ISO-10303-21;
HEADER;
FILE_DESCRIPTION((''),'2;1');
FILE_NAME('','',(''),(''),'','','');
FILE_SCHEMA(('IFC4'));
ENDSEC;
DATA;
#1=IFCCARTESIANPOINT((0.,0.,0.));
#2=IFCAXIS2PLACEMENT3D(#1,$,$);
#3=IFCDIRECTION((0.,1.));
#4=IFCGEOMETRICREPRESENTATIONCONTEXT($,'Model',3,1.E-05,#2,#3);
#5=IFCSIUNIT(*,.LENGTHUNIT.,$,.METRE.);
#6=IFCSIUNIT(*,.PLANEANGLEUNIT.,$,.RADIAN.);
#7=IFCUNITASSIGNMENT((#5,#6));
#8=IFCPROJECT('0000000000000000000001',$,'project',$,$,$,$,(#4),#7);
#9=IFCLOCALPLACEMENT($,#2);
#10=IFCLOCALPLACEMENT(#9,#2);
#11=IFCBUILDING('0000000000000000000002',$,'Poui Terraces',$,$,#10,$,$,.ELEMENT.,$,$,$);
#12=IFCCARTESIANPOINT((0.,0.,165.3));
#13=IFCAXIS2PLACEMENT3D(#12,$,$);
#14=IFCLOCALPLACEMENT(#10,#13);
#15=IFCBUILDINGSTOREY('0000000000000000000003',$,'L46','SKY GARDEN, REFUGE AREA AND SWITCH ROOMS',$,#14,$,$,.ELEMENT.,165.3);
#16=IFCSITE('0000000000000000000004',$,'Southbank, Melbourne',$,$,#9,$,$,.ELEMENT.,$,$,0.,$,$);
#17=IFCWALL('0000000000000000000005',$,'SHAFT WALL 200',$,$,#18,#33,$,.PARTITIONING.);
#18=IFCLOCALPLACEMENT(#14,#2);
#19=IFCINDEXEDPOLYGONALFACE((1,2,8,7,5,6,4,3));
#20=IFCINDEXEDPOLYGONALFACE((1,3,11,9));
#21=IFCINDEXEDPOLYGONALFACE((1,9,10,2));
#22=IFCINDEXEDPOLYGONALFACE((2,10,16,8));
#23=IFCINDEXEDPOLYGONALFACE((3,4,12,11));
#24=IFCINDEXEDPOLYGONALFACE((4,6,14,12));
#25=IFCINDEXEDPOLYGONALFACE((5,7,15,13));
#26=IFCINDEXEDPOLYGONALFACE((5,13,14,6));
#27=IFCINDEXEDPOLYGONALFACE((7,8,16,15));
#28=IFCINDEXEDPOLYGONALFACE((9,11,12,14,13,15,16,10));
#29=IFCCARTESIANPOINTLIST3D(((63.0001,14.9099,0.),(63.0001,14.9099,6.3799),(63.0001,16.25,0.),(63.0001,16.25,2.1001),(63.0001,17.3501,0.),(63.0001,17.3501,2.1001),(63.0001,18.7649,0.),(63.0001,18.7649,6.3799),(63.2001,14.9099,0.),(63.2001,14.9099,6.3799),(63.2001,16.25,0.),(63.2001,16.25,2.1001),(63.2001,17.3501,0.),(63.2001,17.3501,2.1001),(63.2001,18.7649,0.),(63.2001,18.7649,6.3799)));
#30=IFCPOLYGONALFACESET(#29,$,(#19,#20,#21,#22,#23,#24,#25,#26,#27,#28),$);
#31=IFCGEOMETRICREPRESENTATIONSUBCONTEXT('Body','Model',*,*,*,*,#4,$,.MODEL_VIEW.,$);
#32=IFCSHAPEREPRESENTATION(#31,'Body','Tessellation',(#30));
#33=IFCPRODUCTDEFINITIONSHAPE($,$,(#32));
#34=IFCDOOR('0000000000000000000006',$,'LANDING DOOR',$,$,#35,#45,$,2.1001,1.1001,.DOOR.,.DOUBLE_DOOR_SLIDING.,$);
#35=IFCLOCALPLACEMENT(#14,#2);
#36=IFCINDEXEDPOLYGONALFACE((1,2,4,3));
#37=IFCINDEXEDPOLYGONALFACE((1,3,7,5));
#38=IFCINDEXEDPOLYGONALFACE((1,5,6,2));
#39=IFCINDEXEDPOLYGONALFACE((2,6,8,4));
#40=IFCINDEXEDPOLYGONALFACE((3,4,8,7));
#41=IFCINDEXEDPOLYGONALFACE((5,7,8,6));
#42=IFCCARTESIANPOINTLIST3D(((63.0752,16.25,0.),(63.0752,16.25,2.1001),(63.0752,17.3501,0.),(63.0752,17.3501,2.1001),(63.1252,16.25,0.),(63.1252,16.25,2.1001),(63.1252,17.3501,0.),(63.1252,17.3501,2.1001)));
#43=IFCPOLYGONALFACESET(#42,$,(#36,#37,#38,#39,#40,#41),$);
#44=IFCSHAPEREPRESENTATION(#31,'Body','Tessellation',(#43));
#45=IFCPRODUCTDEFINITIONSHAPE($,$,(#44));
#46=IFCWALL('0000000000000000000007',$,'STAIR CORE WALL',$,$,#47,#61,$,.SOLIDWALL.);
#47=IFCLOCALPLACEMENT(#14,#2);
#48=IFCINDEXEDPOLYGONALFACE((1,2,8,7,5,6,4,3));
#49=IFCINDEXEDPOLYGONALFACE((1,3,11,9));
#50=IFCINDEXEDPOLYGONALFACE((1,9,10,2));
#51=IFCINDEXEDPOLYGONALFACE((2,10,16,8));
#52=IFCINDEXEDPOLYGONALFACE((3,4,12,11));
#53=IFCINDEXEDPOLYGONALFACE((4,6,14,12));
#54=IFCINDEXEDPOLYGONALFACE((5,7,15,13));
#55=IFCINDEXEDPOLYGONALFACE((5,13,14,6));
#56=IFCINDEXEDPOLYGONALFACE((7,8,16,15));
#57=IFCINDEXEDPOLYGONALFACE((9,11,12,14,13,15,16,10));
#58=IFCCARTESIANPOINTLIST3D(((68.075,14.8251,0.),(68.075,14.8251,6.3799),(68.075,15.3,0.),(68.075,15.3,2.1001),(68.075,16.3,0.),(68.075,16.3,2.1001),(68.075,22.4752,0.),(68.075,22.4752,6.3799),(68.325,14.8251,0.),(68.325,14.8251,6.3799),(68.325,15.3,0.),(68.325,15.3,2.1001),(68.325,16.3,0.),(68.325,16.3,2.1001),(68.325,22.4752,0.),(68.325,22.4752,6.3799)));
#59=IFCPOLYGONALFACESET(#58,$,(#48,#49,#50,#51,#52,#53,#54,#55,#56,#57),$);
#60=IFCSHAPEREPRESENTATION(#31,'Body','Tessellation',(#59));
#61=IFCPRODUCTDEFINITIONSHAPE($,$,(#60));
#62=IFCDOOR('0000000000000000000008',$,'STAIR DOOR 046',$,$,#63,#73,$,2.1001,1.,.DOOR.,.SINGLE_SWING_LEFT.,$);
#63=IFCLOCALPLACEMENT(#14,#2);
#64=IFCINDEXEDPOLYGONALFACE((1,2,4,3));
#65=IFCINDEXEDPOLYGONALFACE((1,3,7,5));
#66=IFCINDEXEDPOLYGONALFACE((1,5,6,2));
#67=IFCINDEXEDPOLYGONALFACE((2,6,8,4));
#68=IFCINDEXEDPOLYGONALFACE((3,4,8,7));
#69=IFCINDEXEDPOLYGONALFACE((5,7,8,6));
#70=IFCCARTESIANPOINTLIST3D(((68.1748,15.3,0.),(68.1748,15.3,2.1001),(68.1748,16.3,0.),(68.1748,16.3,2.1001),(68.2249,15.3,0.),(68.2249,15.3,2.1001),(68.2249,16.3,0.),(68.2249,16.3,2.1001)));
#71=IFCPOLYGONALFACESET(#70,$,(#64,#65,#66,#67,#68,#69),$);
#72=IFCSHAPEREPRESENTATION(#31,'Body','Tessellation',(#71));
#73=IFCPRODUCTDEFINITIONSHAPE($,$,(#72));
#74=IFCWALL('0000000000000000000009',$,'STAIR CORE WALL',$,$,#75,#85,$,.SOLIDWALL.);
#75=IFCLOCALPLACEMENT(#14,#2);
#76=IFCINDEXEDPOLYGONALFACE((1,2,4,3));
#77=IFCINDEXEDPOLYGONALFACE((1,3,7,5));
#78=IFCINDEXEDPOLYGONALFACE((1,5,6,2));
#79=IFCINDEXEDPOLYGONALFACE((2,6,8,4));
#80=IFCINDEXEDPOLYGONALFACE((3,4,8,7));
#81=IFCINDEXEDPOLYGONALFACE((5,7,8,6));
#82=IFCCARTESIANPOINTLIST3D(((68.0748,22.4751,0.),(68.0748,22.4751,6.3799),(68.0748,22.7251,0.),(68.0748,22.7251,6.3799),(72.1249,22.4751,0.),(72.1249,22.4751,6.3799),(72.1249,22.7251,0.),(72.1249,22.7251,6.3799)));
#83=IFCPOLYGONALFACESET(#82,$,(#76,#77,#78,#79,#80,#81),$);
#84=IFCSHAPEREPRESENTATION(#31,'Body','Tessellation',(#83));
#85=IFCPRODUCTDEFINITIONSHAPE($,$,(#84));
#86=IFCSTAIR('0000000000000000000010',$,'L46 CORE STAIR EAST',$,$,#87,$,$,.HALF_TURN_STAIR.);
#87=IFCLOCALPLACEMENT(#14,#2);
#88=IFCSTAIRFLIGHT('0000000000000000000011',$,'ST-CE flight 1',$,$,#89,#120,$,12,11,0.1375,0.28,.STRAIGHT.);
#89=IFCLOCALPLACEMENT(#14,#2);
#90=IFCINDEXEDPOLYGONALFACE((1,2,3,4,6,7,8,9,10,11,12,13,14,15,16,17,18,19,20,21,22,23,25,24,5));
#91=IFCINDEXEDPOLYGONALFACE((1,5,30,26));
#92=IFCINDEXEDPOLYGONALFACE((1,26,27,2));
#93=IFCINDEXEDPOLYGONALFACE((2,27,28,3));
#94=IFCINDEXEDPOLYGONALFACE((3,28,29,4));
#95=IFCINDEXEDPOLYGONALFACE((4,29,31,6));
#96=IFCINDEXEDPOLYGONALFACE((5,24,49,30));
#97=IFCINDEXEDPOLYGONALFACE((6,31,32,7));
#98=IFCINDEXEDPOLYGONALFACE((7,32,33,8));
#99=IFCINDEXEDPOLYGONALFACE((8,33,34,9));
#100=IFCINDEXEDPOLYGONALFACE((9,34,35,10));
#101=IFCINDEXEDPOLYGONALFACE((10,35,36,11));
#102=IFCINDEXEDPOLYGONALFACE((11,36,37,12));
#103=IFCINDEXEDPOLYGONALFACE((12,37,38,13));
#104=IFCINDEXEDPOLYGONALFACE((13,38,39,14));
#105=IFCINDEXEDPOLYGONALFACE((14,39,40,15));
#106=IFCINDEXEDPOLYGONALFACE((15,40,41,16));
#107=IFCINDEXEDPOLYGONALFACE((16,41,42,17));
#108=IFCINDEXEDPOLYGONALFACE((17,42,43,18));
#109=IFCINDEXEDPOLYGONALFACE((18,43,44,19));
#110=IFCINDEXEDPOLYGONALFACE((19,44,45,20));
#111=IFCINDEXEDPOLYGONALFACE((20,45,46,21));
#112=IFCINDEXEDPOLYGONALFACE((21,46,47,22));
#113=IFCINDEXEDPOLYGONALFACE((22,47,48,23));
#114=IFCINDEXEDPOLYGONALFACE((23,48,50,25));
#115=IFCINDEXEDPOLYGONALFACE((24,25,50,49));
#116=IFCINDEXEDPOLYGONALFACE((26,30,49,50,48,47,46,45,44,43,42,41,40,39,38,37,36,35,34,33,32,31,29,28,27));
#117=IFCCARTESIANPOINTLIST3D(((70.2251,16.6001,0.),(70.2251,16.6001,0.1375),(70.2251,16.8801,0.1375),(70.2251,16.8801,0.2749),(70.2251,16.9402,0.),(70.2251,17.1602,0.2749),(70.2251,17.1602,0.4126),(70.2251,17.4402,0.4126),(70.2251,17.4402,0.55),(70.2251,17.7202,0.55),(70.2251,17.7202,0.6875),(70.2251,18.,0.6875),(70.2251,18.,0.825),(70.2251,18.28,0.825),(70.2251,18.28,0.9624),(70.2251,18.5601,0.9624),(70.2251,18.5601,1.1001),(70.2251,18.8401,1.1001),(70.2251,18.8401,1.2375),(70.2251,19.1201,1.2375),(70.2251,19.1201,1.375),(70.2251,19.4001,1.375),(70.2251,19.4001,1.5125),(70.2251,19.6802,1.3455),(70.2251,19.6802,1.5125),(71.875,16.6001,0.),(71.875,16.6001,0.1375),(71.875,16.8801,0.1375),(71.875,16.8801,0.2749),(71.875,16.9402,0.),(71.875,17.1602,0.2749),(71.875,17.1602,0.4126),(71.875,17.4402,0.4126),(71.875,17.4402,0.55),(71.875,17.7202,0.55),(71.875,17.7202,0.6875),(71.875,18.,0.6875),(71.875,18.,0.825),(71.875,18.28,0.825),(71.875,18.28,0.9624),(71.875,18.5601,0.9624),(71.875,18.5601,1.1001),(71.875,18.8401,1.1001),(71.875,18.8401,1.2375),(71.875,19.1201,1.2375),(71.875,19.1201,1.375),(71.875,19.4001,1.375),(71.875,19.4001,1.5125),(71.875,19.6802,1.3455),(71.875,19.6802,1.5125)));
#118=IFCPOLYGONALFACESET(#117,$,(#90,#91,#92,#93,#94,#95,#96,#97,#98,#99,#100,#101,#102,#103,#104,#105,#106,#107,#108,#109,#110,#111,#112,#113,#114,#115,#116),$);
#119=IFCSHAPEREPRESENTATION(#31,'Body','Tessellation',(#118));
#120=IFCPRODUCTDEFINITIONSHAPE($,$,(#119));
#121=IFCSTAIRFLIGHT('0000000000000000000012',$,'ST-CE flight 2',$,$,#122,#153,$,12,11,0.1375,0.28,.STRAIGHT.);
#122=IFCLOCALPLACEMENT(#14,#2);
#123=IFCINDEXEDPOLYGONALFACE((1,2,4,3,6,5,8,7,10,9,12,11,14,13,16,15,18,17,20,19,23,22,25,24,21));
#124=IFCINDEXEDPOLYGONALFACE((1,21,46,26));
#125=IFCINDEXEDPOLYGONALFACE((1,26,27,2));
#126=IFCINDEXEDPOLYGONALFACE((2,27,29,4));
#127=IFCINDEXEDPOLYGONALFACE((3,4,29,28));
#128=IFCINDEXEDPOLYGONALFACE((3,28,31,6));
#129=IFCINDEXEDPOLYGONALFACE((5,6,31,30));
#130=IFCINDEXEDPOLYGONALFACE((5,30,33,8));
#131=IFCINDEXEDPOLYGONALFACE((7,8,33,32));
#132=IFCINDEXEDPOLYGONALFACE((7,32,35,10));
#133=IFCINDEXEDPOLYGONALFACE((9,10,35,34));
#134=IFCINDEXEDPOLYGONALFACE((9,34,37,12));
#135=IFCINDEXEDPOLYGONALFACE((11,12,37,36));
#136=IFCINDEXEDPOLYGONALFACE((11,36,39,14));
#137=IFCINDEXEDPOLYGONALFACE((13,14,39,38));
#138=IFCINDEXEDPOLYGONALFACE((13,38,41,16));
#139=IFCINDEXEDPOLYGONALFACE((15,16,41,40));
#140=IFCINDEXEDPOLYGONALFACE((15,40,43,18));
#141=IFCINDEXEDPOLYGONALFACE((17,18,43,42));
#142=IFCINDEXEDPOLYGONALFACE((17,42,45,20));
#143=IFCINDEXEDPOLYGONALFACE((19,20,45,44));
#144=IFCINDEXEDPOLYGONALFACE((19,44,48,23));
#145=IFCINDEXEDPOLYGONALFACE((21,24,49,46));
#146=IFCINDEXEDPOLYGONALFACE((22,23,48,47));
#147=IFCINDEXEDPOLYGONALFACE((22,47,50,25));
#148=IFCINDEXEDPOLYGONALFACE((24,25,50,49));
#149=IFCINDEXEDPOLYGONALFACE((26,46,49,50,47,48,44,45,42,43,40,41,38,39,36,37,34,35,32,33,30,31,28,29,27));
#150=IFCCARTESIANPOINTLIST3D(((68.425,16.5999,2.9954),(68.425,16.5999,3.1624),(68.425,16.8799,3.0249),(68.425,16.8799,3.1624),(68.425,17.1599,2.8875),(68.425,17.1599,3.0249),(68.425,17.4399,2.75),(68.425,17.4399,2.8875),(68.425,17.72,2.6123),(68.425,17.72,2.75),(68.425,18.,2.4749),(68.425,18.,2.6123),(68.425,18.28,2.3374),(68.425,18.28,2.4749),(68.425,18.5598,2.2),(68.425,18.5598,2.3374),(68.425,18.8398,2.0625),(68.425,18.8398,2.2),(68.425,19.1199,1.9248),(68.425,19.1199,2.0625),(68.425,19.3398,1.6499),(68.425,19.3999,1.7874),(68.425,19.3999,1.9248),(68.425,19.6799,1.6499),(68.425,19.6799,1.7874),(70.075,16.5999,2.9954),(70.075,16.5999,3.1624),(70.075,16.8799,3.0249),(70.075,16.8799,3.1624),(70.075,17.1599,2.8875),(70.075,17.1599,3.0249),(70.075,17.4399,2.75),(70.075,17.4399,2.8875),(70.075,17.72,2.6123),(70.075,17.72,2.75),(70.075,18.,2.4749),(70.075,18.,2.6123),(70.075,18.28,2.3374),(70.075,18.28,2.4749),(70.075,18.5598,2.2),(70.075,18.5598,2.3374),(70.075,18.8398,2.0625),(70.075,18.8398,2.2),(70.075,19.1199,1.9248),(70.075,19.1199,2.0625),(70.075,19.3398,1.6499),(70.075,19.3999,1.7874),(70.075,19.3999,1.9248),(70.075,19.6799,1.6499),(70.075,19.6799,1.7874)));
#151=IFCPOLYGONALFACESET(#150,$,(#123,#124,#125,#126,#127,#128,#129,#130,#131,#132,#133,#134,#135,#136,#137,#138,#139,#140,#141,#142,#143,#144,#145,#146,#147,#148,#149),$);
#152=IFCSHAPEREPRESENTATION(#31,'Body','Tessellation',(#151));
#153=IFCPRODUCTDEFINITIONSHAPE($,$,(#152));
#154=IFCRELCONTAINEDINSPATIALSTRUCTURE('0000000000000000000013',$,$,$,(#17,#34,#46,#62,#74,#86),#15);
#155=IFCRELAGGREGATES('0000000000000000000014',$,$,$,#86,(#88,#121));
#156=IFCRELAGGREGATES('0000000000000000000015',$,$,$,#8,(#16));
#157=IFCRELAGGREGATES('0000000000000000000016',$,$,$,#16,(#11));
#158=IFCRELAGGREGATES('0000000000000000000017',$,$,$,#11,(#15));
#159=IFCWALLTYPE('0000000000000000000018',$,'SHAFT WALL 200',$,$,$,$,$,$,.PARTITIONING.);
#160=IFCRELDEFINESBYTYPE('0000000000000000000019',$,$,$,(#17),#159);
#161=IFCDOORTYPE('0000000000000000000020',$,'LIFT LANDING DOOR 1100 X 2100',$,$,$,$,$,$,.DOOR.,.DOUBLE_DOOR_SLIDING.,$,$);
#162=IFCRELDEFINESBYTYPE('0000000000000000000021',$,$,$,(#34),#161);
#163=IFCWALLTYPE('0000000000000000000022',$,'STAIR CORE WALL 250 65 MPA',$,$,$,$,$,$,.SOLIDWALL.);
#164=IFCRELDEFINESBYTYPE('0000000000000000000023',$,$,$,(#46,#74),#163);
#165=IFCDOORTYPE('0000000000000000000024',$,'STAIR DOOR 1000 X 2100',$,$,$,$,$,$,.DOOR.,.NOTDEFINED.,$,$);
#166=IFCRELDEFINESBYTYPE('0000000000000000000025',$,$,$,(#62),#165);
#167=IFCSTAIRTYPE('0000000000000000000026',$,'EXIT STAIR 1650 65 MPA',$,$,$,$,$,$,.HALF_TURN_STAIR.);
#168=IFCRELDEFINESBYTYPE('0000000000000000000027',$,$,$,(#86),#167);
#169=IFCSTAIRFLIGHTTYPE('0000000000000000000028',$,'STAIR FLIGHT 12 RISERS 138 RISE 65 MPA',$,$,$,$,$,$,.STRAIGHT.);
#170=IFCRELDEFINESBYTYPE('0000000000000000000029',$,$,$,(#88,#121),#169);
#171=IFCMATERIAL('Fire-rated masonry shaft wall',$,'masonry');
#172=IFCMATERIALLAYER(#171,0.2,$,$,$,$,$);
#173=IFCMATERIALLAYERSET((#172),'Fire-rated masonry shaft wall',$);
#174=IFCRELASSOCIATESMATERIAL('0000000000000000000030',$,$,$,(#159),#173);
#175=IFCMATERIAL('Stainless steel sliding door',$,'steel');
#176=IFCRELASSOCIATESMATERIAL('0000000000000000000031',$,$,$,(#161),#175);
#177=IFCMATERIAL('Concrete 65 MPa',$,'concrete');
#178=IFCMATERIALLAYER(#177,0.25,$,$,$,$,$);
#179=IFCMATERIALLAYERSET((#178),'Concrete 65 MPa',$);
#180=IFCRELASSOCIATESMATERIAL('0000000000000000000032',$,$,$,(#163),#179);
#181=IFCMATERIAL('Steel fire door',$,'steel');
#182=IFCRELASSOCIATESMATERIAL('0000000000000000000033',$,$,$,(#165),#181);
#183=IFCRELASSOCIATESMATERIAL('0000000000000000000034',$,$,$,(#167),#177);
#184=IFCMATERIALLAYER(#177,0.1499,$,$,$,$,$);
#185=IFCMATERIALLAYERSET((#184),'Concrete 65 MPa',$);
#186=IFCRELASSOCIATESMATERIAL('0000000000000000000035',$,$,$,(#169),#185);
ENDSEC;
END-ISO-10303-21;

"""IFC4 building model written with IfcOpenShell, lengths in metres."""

from ifc_helpers import new_model, si_unit, direction, frame, frame_2d, origin, place, context, subcontext, project, spatial, polyline, rectangle, outline, extrude, material, layer, layer_set, type_object, element, fill, aggregate, save


model = new_model("IFC4")

# Units and contexts
model_context = context("Model", 3, precision=1e-05, world=origin(), true_north=direction((0.0, 1.0)))
body_context = subcontext(model_context, "Body", "Model", "MODEL_VIEW")
ifc_project = project(units=[si_unit("LENGTHUNIT", "METRE"), si_unit("PLANEANGLEUNIT", "RADIAN")], contexts=[model_context])

# Site, building, storey
site_placement = place(None, origin())
site = spatial("IfcSite", under=ifc_project, at=site_placement, Name="Southbank, Melbourne", CompositionType="ELEMENT", RefElevation=0.0)
building_placement = place(site_placement, origin())
building = spatial("IfcBuilding", under=site, at=building_placement, Name="Poui Terraces", CompositionType="ELEMENT")
storey_placement = place(building_placement, frame((0.0, 0.0, 165.3)))
storey = spatial("IfcBuildingStorey", under=building, at=storey_placement, Name="L46", Description="SKY GARDEN, REFUGE AREA AND SWITCH ROOMS", CompositionType="ELEMENT", Elevation=165.3)

# Shared definitions
ifc_material_1 = material(Name="Concrete 65 MPa", Category="concrete")
ifc_material_2 = material(Name="Steel fire door", Category="steel")

# Shared definitions
ifc_material_3 = material(Name="Fire-rated masonry shaft wall", Category="masonry")
ifc_layer_1 = layer(ifc_material_3, 0.2)
ifc_layer_set_1 = layer_set([ifc_layer_1], Name="Fire-rated masonry shaft wall")
wall_type_1 = type_object("IfcWallType", Name="SHAFT WALL 200", PredefinedType="PARTITIONING", material=ifc_layer_set_1)

# Walls, openings, doors
wall_1_placement = place(storey_placement, frame((63.1001, 14.9099, 0.0), z_axis=(0.0, 0.0, 1.0), x_axis=(0.0, 1.0, 0.0)))
wall_1 = element("IfcWall", 1, at=wall_1_placement, inside=storey, type_object=wall_type_1, Name="SHAFT WALL 200", PredefinedType="PARTITIONING", context=body_context, shape_type="SweptSolid", body=[
    extrude(rectangle(XDim=3.855, YDim=0.2, at=frame_2d((1.9275, 0.0))), origin(), (0.0, 0.0, 1.0), 6.3799),
])
opening_1_placement = place(wall_1_placement, frame((1.3401, 0.0, 0.0)))
opening_1 = element("IfcOpeningElement", 2, at=opening_1_placement, cuts=wall_1, PredefinedType="OPENING", context=body_context, shape_type="SweptSolid", body=[
    extrude(rectangle(XDim=1.1001, YDim=2.1001, at=frame_2d((0.55, 1.05))), frame((0.0, 0.1099, 0.0), z_axis=(0.0, -1.0, 0.0), x_axis=(1.0, 0.0, 0.0)), (0.0, 0.0, 1.0), 0.22),
])
ifc_material_4 = material(Name="Stainless steel sliding door", Category="steel")
door_type_1 = type_object("IfcDoorType", Name="LIFT LANDING DOOR 1100 X 2100", OperationType="DOUBLE_DOOR_SLIDING", PredefinedType="DOOR", material=ifc_material_4)
door_1_placement = place(opening_1_placement, origin())
door_1 = element("IfcDoor", 3, at=door_1_placement, inside=storey, type_object=door_type_1, Name="LANDING DOOR", OperationType="DOUBLE_DOOR_SLIDING", OverallHeight=2.1001, OverallWidth=1.1001, PredefinedType="DOOR", context=body_context, shape_type="SweptSolid", body=[
    extrude(rectangle(XDim=1.1001, YDim=2.1001, at=frame_2d((0.55, 1.05))), frame((0.0, 0.0249, 0.0), z_axis=(0.0, -1.0, 0.0), x_axis=(1.0, 0.0, 0.0)), (0.0, 0.0, 1.0), 0.05),
])
fill(opening_1, door_1)
ifc_layer_2 = layer(ifc_material_1, 0.25)
ifc_layer_set_2 = layer_set([ifc_layer_2], Name="Concrete 65 MPa")
wall_type_2 = type_object("IfcWallType", Name="STAIR CORE WALL 250 65 MPA", PredefinedType="SOLIDWALL", material=ifc_layer_set_2)
wall_2_placement = place(storey_placement, frame((68.2, 14.825, 0.0), z_axis=(0.0, 0.0, 1.0), x_axis=(0.0, 1.0, 0.0)))
wall_2 = element("IfcWall", 4, at=wall_2_placement, inside=storey, type_object=wall_type_2, Name="STAIR CORE WALL", PredefinedType="SOLIDWALL", context=body_context, shape_type="SweptSolid", body=[
    extrude(rectangle(XDim=7.6501, YDim=0.25, at=frame_2d((3.8252, 0.0))), origin(), (0.0, 0.0, 1.0), 6.3799),
])
opening_2_placement = place(wall_2_placement, frame((0.4751, 0.0, 0.0)))
opening_2 = element("IfcOpeningElement", 5, at=opening_2_placement, cuts=wall_2, PredefinedType="OPENING", context=body_context, shape_type="SweptSolid", body=[
    extrude(rectangle(XDim=1.0, YDim=2.1001, at=frame_2d((0.5, 1.05))), frame((0.0, 0.135, 0.0), z_axis=(0.0, -1.0, 0.0), x_axis=(1.0, 0.0, 0.0)), (0.0, 0.0, 1.0), 0.27),
])
door_type_2 = type_object("IfcDoorType", Name="STAIR DOOR 1000 X 2100", OperationType="NOTDEFINED", PredefinedType="DOOR", material=ifc_material_2)
door_2_placement = place(opening_2_placement, frame((1.0, 0.0, 0.0), z_axis=(0.0, 0.0, 1.0), x_axis=(-1.0, 0.0, 0.0)))
door_2 = element("IfcDoor", 6, at=door_2_placement, inside=storey, type_object=door_type_2, Name="STAIR DOOR 046", OperationType="SINGLE_SWING_LEFT", OverallHeight=2.1001, OverallWidth=1.0, PredefinedType="DOOR", context=body_context, shape_type="SweptSolid", body=[
    extrude(rectangle(XDim=1.0, YDim=2.1001, at=frame_2d((0.5, 1.05))), frame((0.0, 0.0249, 0.0), z_axis=(0.0, -1.0, 0.0), x_axis=(1.0, 0.0, 0.0)), (0.0, 0.0, 1.0), 0.05),
])
fill(opening_2, door_2)

# Wall
wall_3_placement = place(storey_placement, frame((68.075, 22.6001, 0.0), z_axis=(0.0, 0.0, 1.0), x_axis=(1.0, 0.0, 0.0)))
element("IfcWall", 7, at=wall_3_placement, inside=storey, type_object=wall_type_2, Name="STAIR CORE WALL", PredefinedType="SOLIDWALL", context=body_context, shape_type="SweptSolid", body=[
    extrude(rectangle(XDim=4.05, YDim=0.25, at=frame_2d((2.0249, 0.0))), origin(), (0.0, 0.0, 1.0), 6.3799),
])

# Stair, stair flights
stair_type = type_object("IfcStairType", Name="EXIT STAIR 1650 65 MPA", PredefinedType="HALF_TURN_STAIR", material=ifc_material_1)
stair_placement = place(storey_placement, origin())
stair = element("IfcStair", 8, at=stair_placement, inside=storey, type_object=stair_type, Name="L46 CORE STAIR EAST", PredefinedType="HALF_TURN_STAIR")
ifc_layer_3 = layer(ifc_material_1, 0.1499)
ifc_layer_set_3 = layer_set([ifc_layer_3], Name="Concrete 65 MPa")
stair_flight_type = type_object("IfcStairFlightType", Name="STAIR FLIGHT 12 RISERS 138 RISE 65 MPA", PredefinedType="STRAIGHT", material=ifc_layer_set_3)
stair_flight_1_placement = place(storey_placement, frame((71.05, 16.6001, 0.0), z_axis=(0.0, 0.0, 1.0), x_axis=(0.0, 1.0, 0.0)))
stair_flight_1 = element("IfcStairFlight", 9, at=stair_flight_1_placement, type_object=stair_flight_type, Name="ST-CE flight 1", NumberOfRisers=12, NumberOfTreads=11, PredefinedType="STRAIGHT", RiserHeight=0.1375, TreadLength=0.28, context=body_context, shape_type="SweptSolid", body=[
    extrude(outline(polyline([(0.0, 0.0), (0.0, 0.1375), (0.28, 0.1375), (0.28, 0.2749), (0.5601, 0.2749), (0.5601, 0.4126), (0.8401, 0.4126), (0.8401, 0.55), (1.1201, 0.55), (1.1201, 0.6875), (1.3999, 0.6875), (1.3999, 0.825), (1.6799, 0.825), (1.6799, 0.9624), (1.96, 0.9624), (1.96, 1.1001), (2.24, 1.1001), (2.24, 1.2375), (2.52, 1.2375), (2.52, 1.375), (2.8, 1.375), (2.8, 1.5125), (3.0801, 1.5125), (3.0801, 1.6499), (3.0801, 1.3455), (0.3401, 0.0), (0.0, 0.0)])), frame((0.0, 0.825, 0.0), z_axis=(0.0, -1.0, 0.0), x_axis=(1.0, 0.0, 0.0)), (0.0, 0.0, 1.0), 1.6499),
])
stair_flight_2_placement = place(storey_placement, frame((69.25, 19.6799, 1.6499), z_axis=(0.0, 0.0, 1.0), x_axis=(0.0, -1.0, 0.0)))
stair_flight_2 = element("IfcStairFlight", 10, at=stair_flight_2_placement, type_object=stair_flight_type, Name="ST-CE flight 2", NumberOfRisers=12, NumberOfTreads=11, PredefinedType="STRAIGHT", RiserHeight=0.1375, TreadLength=0.28, context=body_context, shape_type="SweptSolid", body=[
    extrude(outline(polyline([(0.0, 0.0), (0.0, 0.1375), (0.28, 0.1375), (0.28, 0.2749), (0.5601, 0.2749), (0.5601, 0.4126), (0.8401, 0.4126), (0.8401, 0.55), (1.1201, 0.55), (1.1201, 0.6875), (1.3999, 0.6875), (1.3999, 0.825), (1.6799, 0.825), (1.6799, 0.9624), (1.96, 0.9624), (1.96, 1.1001), (2.24, 1.1001), (2.24, 1.2375), (2.52, 1.2375), (2.52, 1.375), (2.8, 1.375), (2.8, 1.5125), (3.0801, 1.5125), (3.0801, 1.6499), (3.0801, 1.3455), (0.3401, 0.0), (0.0, 0.0)])), frame((0.0, 0.825, 0.0), z_axis=(0.0, -1.0, 0.0), x_axis=(1.0, 0.0, 0.0)), (0.0, 0.0, 1.0), 1.6499),
])
aggregate(stair, [stair_flight_1, stair_flight_2])

save(model, "model.ifc")
